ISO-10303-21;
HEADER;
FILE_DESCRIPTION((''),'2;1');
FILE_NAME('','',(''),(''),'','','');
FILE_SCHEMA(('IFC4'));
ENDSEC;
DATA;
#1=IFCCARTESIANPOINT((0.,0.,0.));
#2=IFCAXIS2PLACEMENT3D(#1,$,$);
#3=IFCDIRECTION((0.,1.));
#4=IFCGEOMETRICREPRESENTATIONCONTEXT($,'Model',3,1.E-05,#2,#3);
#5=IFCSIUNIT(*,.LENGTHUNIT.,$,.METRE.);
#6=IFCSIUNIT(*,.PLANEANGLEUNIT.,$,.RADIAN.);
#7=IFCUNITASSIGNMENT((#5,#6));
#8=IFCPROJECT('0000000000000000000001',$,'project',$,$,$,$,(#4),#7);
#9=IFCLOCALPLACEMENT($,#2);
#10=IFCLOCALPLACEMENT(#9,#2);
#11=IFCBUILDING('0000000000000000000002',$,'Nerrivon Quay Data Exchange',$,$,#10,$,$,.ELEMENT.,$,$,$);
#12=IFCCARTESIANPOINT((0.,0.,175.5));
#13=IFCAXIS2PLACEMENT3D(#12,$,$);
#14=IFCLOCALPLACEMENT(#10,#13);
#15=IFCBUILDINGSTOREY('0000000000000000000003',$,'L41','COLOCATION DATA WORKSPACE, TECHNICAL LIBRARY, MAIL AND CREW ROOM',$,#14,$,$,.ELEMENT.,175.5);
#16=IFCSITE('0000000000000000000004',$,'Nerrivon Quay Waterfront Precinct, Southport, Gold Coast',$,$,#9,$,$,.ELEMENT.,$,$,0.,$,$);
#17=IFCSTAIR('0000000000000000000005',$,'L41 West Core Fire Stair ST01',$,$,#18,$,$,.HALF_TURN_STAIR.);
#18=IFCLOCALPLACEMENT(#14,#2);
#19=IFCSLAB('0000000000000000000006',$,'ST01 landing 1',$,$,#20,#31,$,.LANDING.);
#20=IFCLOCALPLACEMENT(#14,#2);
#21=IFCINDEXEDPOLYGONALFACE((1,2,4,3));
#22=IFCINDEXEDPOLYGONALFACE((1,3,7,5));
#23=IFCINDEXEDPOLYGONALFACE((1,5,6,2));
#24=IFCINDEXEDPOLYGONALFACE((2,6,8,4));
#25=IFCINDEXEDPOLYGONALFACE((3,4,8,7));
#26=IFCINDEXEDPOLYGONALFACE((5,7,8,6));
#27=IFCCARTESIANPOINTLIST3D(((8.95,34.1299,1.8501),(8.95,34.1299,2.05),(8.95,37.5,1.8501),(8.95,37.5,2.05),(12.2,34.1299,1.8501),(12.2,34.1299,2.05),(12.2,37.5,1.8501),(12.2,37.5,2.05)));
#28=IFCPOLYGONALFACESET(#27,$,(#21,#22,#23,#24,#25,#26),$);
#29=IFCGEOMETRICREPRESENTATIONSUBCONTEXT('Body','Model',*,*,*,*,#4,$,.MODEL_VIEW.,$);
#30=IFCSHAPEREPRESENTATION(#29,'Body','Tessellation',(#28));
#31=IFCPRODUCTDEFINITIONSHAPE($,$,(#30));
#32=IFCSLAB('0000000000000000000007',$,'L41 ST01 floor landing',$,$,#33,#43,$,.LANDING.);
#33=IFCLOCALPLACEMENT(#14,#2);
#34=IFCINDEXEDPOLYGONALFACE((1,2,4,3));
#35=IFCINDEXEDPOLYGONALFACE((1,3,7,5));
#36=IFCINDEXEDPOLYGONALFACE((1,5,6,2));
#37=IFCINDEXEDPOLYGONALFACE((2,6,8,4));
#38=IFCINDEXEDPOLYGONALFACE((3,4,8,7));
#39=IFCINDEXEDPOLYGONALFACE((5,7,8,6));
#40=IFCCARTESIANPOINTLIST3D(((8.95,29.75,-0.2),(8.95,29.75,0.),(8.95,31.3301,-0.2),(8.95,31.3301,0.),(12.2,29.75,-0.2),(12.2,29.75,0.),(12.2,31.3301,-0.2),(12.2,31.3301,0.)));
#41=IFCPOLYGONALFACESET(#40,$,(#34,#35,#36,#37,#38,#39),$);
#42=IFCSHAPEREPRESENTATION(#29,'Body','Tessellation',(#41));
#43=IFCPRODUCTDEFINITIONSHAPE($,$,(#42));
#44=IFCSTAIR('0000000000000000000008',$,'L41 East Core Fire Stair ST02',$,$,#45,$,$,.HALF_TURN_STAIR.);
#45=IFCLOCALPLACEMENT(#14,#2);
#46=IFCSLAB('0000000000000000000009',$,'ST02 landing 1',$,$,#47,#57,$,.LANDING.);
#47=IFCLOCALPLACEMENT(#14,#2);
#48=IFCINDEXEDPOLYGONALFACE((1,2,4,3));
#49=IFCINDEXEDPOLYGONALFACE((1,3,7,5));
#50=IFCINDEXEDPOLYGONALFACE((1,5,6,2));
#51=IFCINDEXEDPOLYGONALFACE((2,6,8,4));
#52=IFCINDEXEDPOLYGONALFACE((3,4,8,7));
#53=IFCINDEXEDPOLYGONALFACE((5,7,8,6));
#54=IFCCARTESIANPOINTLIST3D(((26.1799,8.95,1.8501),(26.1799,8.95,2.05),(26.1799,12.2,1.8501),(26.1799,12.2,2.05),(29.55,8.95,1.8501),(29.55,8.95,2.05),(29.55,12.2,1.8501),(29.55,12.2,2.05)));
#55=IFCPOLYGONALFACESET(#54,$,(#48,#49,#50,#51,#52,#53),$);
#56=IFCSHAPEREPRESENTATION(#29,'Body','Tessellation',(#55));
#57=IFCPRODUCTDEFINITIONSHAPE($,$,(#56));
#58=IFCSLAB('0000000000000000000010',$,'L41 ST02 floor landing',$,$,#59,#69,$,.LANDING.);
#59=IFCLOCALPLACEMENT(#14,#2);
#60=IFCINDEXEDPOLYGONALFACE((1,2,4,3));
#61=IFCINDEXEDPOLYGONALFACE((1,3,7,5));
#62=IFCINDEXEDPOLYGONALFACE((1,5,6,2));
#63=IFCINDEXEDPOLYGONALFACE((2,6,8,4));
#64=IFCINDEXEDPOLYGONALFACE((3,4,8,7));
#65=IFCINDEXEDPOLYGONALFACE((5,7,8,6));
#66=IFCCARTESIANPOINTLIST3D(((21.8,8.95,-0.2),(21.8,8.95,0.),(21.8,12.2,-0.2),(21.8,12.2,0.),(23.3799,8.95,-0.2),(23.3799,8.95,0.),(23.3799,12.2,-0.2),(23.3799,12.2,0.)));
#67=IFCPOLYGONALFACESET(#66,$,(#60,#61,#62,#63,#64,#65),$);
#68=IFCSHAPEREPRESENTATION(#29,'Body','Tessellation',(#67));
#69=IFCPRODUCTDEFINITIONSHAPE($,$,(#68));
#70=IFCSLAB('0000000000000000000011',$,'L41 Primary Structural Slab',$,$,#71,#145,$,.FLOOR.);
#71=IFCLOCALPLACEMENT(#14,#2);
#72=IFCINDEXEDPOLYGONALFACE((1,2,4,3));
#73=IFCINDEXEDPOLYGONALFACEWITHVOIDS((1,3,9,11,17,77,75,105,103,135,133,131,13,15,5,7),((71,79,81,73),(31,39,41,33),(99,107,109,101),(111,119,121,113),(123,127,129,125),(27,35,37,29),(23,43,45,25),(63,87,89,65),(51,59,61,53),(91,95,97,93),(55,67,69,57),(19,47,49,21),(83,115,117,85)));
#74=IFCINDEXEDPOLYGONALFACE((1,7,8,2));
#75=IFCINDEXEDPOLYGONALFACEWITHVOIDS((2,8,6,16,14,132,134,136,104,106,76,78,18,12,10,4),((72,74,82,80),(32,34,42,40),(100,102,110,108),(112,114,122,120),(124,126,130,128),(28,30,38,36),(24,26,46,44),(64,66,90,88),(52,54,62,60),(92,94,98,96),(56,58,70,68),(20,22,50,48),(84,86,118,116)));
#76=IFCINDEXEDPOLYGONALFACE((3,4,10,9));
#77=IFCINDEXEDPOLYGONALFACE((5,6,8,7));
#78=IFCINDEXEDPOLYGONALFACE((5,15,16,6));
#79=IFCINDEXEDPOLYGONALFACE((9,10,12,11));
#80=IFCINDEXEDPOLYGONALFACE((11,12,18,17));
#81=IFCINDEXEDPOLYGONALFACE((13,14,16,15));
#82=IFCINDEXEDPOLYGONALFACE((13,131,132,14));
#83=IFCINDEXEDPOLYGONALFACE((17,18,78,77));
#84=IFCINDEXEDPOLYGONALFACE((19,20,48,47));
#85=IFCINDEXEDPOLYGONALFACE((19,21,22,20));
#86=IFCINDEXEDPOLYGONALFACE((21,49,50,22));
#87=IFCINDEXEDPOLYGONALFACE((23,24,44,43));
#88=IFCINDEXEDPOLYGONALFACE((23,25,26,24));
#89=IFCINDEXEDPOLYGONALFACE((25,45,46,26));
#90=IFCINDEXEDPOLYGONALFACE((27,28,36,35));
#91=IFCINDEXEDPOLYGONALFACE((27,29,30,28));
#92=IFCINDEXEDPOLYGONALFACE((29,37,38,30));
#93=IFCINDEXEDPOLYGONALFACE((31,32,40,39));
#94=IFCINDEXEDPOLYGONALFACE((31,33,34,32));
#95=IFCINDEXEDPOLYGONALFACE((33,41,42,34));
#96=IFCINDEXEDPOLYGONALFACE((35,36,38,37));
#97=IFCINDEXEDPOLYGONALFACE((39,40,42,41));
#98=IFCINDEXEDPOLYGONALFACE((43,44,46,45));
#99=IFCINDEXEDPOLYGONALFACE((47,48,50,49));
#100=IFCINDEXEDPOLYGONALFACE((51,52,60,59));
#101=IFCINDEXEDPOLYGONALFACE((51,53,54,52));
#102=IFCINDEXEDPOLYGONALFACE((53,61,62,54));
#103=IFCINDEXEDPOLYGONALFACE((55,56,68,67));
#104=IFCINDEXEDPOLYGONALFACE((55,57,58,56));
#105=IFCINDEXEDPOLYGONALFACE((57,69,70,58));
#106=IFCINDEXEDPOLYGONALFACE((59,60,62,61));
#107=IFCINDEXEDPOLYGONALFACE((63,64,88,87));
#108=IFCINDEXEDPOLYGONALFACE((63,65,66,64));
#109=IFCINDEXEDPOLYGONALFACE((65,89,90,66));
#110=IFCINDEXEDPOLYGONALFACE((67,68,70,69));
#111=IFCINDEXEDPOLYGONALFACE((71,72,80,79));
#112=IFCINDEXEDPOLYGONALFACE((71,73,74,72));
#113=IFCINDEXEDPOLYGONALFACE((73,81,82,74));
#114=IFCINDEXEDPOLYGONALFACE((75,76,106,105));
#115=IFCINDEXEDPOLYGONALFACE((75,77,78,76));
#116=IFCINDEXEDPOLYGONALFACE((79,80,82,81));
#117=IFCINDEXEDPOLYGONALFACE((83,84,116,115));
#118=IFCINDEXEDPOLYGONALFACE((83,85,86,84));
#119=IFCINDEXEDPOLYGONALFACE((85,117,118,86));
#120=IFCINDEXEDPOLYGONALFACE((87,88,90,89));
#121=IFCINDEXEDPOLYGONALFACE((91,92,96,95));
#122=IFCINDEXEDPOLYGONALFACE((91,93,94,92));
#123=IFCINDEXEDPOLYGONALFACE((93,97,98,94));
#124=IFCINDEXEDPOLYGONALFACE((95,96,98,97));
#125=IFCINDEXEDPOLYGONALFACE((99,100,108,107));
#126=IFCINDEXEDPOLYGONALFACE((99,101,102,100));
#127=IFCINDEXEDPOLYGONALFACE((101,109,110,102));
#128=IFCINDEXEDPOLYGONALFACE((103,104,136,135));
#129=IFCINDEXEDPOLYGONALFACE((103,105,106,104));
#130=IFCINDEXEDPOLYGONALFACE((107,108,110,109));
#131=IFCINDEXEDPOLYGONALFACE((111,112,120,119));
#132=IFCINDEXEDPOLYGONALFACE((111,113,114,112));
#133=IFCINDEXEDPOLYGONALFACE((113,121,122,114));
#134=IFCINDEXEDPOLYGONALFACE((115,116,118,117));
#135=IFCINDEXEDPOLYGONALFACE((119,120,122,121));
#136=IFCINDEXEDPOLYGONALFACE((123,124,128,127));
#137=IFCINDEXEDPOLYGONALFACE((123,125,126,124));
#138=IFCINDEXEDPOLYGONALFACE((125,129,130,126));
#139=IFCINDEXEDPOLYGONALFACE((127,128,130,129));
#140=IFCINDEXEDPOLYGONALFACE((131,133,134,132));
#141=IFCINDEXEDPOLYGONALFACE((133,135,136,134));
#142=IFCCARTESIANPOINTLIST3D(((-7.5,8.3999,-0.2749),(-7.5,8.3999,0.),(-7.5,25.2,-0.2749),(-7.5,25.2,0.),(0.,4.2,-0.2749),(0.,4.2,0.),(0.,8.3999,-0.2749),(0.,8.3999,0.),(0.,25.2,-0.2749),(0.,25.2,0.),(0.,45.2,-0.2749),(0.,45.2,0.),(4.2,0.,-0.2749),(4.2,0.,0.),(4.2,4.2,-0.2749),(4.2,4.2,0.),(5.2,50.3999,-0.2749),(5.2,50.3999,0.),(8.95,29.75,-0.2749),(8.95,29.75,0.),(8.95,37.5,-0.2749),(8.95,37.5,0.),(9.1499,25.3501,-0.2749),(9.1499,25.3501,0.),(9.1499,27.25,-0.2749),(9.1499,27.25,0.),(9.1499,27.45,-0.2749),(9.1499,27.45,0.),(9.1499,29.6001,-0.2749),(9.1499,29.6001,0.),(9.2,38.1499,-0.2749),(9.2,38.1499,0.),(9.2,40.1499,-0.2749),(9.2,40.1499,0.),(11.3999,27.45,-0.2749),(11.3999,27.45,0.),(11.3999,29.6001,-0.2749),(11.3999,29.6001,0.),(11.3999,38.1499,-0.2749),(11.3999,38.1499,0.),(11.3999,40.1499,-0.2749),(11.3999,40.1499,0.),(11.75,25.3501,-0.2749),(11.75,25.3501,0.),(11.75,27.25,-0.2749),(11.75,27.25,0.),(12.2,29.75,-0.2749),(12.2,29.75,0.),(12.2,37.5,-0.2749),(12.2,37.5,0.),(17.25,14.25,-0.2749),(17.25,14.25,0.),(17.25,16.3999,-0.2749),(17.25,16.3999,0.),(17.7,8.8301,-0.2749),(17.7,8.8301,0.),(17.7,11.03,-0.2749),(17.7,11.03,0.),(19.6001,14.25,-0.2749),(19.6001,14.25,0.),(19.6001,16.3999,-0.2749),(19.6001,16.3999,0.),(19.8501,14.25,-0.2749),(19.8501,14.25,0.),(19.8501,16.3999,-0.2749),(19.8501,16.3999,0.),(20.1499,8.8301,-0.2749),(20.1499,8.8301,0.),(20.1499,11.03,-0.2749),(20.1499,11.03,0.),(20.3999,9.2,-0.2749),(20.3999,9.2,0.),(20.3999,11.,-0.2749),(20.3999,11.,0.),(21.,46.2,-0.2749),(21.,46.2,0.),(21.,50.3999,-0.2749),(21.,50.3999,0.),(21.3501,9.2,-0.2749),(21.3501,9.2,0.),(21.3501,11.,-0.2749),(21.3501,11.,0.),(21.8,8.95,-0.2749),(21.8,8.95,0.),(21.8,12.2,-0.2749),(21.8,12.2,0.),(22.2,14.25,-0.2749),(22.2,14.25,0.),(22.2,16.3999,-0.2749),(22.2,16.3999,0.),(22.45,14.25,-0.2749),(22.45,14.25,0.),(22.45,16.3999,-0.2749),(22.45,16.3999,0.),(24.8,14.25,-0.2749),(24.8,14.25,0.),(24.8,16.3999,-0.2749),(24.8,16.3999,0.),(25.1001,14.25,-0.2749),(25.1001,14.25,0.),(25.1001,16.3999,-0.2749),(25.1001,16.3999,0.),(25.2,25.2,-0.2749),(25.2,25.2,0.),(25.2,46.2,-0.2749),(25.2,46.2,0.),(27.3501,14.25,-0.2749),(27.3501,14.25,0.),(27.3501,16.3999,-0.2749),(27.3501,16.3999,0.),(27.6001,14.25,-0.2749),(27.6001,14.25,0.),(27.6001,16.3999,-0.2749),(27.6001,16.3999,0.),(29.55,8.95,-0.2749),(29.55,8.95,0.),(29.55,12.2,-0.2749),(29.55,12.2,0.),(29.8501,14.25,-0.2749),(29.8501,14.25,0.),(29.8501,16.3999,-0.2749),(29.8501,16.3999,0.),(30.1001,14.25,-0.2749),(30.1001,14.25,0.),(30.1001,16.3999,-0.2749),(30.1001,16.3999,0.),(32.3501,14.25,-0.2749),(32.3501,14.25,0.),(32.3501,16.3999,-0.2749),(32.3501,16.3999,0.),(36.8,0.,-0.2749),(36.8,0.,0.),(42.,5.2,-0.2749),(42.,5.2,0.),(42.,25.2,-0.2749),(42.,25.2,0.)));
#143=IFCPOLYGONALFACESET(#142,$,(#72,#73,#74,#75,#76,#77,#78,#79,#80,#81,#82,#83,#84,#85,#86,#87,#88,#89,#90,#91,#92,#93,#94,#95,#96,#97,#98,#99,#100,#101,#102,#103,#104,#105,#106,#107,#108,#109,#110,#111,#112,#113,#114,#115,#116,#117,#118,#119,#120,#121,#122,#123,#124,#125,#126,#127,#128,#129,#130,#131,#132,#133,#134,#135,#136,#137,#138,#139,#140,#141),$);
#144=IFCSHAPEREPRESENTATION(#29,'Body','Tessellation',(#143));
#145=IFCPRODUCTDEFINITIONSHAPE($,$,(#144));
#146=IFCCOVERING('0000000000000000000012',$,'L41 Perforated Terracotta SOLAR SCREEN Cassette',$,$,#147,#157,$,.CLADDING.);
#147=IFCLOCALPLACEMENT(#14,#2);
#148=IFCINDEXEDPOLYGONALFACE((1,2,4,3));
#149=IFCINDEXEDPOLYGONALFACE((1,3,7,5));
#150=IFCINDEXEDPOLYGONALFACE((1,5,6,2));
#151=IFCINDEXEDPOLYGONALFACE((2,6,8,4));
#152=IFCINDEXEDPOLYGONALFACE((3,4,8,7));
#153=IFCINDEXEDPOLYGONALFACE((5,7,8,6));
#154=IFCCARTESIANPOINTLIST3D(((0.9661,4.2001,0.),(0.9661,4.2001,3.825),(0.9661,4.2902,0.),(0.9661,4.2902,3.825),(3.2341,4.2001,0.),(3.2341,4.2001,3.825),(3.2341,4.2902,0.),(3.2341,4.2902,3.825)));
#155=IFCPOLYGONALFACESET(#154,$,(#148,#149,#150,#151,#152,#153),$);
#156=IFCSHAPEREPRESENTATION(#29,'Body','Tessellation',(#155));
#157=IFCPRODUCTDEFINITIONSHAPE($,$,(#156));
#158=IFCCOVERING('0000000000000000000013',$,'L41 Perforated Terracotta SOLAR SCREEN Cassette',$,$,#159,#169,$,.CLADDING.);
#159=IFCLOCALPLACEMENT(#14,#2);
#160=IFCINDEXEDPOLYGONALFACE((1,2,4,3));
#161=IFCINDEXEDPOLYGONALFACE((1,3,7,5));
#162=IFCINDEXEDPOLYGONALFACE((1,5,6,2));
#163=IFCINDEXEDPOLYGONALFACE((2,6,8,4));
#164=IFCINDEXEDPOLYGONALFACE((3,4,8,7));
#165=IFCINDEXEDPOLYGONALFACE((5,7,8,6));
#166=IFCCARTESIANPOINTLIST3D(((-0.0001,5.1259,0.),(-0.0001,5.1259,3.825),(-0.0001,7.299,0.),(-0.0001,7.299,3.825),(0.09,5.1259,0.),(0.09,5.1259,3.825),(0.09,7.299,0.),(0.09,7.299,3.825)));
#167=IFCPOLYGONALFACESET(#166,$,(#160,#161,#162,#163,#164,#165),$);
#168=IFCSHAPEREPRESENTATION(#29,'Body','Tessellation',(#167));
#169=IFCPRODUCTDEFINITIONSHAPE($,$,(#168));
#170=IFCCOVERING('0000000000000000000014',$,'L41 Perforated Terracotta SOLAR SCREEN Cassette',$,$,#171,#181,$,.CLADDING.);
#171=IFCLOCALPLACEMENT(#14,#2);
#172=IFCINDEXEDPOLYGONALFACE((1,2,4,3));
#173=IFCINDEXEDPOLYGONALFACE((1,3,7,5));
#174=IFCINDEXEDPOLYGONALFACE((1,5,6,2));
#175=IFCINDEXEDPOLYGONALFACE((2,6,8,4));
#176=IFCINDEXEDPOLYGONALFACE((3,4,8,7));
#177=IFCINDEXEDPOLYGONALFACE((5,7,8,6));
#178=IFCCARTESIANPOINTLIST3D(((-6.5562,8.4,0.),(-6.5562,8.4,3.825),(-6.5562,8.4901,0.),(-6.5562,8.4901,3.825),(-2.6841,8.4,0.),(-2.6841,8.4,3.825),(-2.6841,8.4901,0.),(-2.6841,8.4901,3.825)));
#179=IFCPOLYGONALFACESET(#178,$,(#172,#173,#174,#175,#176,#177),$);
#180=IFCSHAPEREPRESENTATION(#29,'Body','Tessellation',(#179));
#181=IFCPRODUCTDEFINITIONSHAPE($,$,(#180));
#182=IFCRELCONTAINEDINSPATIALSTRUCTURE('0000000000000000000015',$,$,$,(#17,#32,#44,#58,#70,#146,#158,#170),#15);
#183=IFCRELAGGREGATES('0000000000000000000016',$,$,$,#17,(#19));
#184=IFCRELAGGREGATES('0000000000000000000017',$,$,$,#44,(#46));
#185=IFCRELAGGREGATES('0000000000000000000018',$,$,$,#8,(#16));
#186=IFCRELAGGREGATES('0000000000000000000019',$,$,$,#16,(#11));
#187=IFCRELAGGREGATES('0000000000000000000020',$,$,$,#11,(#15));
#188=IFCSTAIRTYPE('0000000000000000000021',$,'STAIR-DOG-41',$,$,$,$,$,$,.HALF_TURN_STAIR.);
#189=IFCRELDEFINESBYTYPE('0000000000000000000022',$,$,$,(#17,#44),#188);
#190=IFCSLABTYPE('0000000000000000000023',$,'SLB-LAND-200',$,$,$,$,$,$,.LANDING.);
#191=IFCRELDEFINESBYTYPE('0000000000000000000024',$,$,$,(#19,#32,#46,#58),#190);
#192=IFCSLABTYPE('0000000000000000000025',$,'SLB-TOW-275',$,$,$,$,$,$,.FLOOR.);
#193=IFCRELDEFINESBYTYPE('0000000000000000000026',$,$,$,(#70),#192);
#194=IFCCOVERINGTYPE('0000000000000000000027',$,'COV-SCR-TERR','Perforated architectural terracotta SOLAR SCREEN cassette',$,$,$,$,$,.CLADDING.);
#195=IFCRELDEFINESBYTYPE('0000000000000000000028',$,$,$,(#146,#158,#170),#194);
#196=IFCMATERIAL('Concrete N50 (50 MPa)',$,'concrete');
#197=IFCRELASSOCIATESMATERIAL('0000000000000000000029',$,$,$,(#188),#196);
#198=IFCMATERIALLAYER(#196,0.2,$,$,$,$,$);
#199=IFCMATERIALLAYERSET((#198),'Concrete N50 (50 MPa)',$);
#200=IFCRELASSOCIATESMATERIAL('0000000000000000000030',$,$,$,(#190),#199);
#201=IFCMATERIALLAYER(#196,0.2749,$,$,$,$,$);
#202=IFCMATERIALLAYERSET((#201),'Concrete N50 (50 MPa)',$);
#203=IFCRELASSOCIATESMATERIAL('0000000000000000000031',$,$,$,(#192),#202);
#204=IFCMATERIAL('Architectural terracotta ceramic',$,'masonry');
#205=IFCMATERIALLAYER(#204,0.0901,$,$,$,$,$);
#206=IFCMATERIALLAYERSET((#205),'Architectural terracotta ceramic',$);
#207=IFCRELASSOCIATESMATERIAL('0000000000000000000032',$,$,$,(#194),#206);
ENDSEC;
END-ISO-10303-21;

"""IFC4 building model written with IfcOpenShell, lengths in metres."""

from ifc_helpers import new_model, si_unit, direction, frame, origin, origin_2d, place, context, subcontext, project, spatial, polyline, rectangle, outline, extrude, material, layer, layer_set, type_object, element, aggregate, save


model = new_model("IFC4")

# Units and contexts
model_context = context("Model", 3, precision=1e-05, world=origin(), true_north=direction((0.0, 1.0)))
body_context = subcontext(model_context, "Body", "Model", "MODEL_VIEW")
ifc_project = project(units=[si_unit("LENGTHUNIT", "METRE"), si_unit("PLANEANGLEUNIT", "RADIAN")], contexts=[model_context])

# Site, building, storey
site_placement = place(None, origin())
site = spatial("IfcSite", under=ifc_project, at=site_placement, Name="Nerrivon Quay Waterfront Precinct, Southport, Gold Coast", CompositionType="ELEMENT", RefElevation=0.0)
building_placement = place(site_placement, origin())
building = spatial("IfcBuilding", under=site, at=building_placement, Name="Nerrivon Quay Data Exchange", CompositionType="ELEMENT")
storey_placement = place(building_placement, frame((0.0, 0.0, 175.5)))
storey = spatial("IfcBuildingStorey", under=building, at=storey_placement, Name="L41", Description="COLOCATION DATA WORKSPACE, TECHNICAL LIBRARY, MAIL AND CREW ROOM", CompositionType="ELEMENT", Elevation=175.5)

# Stair, slab
ifc_material_1 = material(Name="Concrete N50 (50 MPa)", Category="concrete")
stair_type = type_object("IfcStairType", Name="STAIR-DOG-41", PredefinedType="HALF_TURN_STAIR", material=ifc_material_1)
stair_1_placement = place(storey_placement, origin())
stair_1 = element("IfcStair", 1, at=stair_1_placement, inside=storey, type_object=stair_type, Name="L41 West Core Fire Stair ST01", PredefinedType="HALF_TURN_STAIR")
ifc_layer_1 = layer(ifc_material_1, 0.2)
ifc_layer_set_1 = layer_set([ifc_layer_1], Name="Concrete N50 (50 MPa)")
slab_type_1 = type_object("IfcSlabType", Name="SLB-LAND-200", PredefinedType="LANDING", material=ifc_layer_set_1)
slab_1_placement = place(storey_placement, frame((0.0, 0.0, 1.8501)))
slab_1 = element("IfcSlab", 2, at=slab_1_placement, type_object=slab_type_1, Name="ST01 landing 1", PredefinedType="LANDING", context=body_context, shape_type="SweptSolid", body=[
    extrude(outline(polyline([(12.2, 34.1299), (12.2, 37.5), (8.95, 37.5), (8.95, 34.1299), (12.2, 34.1299)])), origin(), (0.0, 0.0, 1.0), 0.2),
])
aggregate(stair_1, [slab_1])

# Slab
slab_2_placement = place(storey_placement, frame((0.0, 0.0, -0.2)))
element("IfcSlab", 3, at=slab_2_placement, inside=storey, type_object=slab_type_1, Name="L41 ST01 floor landing", PredefinedType="LANDING", context=body_context, shape_type="SweptSolid", body=[
    extrude(outline(polyline([(12.2, 29.75), (12.2, 31.3301), (8.95, 31.3301), (8.95, 29.75), (12.2, 29.75)])), origin(), (0.0, 0.0, 1.0), 0.2),
])

# Stair, slab
stair_2_placement = place(storey_placement, origin())
stair_2 = element("IfcStair", 4, at=stair_2_placement, inside=storey, type_object=stair_type, Name="L41 East Core Fire Stair ST02", PredefinedType="HALF_TURN_STAIR")
slab_3_placement = place(storey_placement, frame((0.0, 0.0, 1.8501)))
slab_3 = element("IfcSlab", 5, at=slab_3_placement, type_object=slab_type_1, Name="ST02 landing 1", PredefinedType="LANDING", context=body_context, shape_type="SweptSolid", body=[
    extrude(outline(polyline([(26.1799, 8.95), (29.55, 8.95), (29.55, 12.2), (26.1799, 12.2), (26.1799, 8.95)])), origin(), (0.0, 0.0, 1.0), 0.2),
])
aggregate(stair_2, [slab_3])

# Slabs
slab_4_placement = place(storey_placement, frame((0.0, 0.0, -0.2)))
element("IfcSlab", 6, at=slab_4_placement, inside=storey, type_object=slab_type_1, Name="L41 ST02 floor landing", PredefinedType="LANDING", context=body_context, shape_type="SweptSolid", body=[
    extrude(outline(polyline([(21.8, 8.95), (23.3799, 8.95), (23.3799, 12.2), (21.8, 12.2), (21.8, 8.95)])), origin(), (0.0, 0.0, 1.0), 0.2),
])
ifc_layer_2 = layer(ifc_material_1, 0.2749)
ifc_layer_set_2 = layer_set([ifc_layer_2], Name="Concrete N50 (50 MPa)")
slab_type_2 = type_object("IfcSlabType", Name="SLB-TOW-275", PredefinedType="FLOOR", material=ifc_layer_set_2)
slab_5_placement = place(storey_placement, frame((0.0, 0.0, -0.2749)))
element("IfcSlab", 7, at=slab_5_placement, inside=storey, type_object=slab_type_2, Name="L41 Primary Structural Slab", PredefinedType="FLOOR", context=body_context, shape_type="SweptSolid", body=[
    extrude(outline(polyline([(0.0, 8.3999), (0.0, 4.2), (4.2, 4.2), (4.2, 0.0), (36.8, 0.0), (42.0, 5.2), (42.0, 25.2), (25.2, 25.2), (25.2, 46.2), (21.0, 46.2), (21.0, 50.3999), (5.2, 50.3999), (0.0, 45.2), (0.0, 25.2), (-7.5, 25.2), (-7.5, 8.3999), (0.0, 8.3999)]), holes=[polyline([(8.95, 29.75), (8.95, 37.5), (12.2, 37.5), (12.2, 29.75), (8.95, 29.75)]), polyline([(21.8, 12.2), (29.55, 12.2), (29.55, 8.95), (21.8, 8.95), (21.8, 12.2)]), polyline([(30.1001, 16.3999), (32.3501, 16.3999), (32.3501, 14.25), (30.1001, 14.25), (30.1001, 16.3999)]), polyline([(27.6001, 16.3999), (29.8501, 16.3999), (29.8501, 14.25), (27.6001, 14.25), (27.6001, 16.3999)]), polyline([(25.1001, 14.25), (25.1001, 16.3999), (27.3501, 16.3999), (27.3501, 14.25), (25.1001, 14.25)]), polyline([(22.45, 16.3999), (24.8, 16.3999), (24.8, 14.25), (22.45, 14.25), (22.45, 16.3999)]), polyline([(19.8501, 16.3999), (22.2, 16.3999), (22.2, 14.25), (19.8501, 14.25), (19.8501, 16.3999)]), polyline([(20.3999, 9.2), (20.3999, 11.0), (21.3501, 11.0), (21.3501, 9.2), (20.3999, 9.2)]), polyline([(17.7, 8.8301), (17.7, 11.03), (20.1499, 11.03), (20.1499, 8.8301), (17.7, 8.8301)]), polyline([(17.25, 14.25), (17.25, 16.3999), (19.6001, 16.3999), (19.6001, 14.25), (17.25, 14.25)]), polyline([(9.1499, 27.25), (11.75, 27.25), (11.75, 25.3501), (9.1499, 25.3501), (9.1499, 27.25)]), polyline([(9.1499, 29.6001), (11.3999, 29.6001), (11.3999, 27.45), (9.1499, 27.45), (9.1499, 29.6001)]), polyline([(9.2, 38.1499), (9.2, 40.1499), (11.3999, 40.1499), (11.3999, 38.1499), (9.2, 38.1499)])]), origin(), (0.0, 0.0, 1.0), 0.2749),
])

# Coverings
ifc_material_2 = material(Name="Architectural terracotta ceramic", Category="masonry")
ifc_layer_3 = layer(ifc_material_2, 0.0901)
ifc_layer_set_3 = layer_set([ifc_layer_3], Name="Architectural terracotta ceramic")
covering_type = type_object("IfcCoveringType", Name="COV-SCR-TERR", Description="Perforated architectural terracotta SOLAR SCREEN cassette", PredefinedType="CLADDING", material=ifc_layer_set_3)
covering_1_placement = place(storey_placement, frame((2.1001, 4.2451, 0.0), z_axis=(0.0, 0.0, 1.0), x_axis=(-1.0, 0.0, 0.0)))
element("IfcCovering", 8, at=covering_1_placement, inside=storey, type_object=covering_type, Name="L41 Perforated Terracotta SOLAR SCREEN Cassette", PredefinedType="CLADDING", context=body_context, shape_type="SweptSolid", body=[
    extrude(rectangle(XDim=2.2681, YDim=0.0901, at=origin_2d()), origin(), (0.0, 0.0, 1.0), 3.825),
])
covering_2_placement = place(storey_placement, frame((0.0449, 6.2124, 0.0), z_axis=(0.0, 0.0, 1.0), x_axis=(0.0, 1.0, 0.0)))
element("IfcCovering", 9, at=covering_2_placement, inside=storey, type_object=covering_type, Name="L41 Perforated Terracotta SOLAR SCREEN Cassette", PredefinedType="CLADDING", context=body_context, shape_type="SweptSolid", body=[
    extrude(rectangle(XDim=2.1731, YDim=0.0901, at=origin_2d()), origin(), (0.0, 0.0, 1.0), 3.825),
])
covering_3_placement = place(storey_placement, frame((-4.6201, 8.4451, 0.0), z_axis=(0.0, 0.0, 1.0), x_axis=(-1.0, 0.0, 0.0)))
element("IfcCovering", 10, at=covering_3_placement, inside=storey, type_object=covering_type, Name="L41 Perforated Terracotta SOLAR SCREEN Cassette", PredefinedType="CLADDING", context=body_context, shape_type="SweptSolid", body=[
    extrude(rectangle(XDim=3.8721, YDim=0.0901, at=origin_2d()), origin(), (0.0, 0.0, 1.0), 3.825),
])

save(model, "model.ifc")
